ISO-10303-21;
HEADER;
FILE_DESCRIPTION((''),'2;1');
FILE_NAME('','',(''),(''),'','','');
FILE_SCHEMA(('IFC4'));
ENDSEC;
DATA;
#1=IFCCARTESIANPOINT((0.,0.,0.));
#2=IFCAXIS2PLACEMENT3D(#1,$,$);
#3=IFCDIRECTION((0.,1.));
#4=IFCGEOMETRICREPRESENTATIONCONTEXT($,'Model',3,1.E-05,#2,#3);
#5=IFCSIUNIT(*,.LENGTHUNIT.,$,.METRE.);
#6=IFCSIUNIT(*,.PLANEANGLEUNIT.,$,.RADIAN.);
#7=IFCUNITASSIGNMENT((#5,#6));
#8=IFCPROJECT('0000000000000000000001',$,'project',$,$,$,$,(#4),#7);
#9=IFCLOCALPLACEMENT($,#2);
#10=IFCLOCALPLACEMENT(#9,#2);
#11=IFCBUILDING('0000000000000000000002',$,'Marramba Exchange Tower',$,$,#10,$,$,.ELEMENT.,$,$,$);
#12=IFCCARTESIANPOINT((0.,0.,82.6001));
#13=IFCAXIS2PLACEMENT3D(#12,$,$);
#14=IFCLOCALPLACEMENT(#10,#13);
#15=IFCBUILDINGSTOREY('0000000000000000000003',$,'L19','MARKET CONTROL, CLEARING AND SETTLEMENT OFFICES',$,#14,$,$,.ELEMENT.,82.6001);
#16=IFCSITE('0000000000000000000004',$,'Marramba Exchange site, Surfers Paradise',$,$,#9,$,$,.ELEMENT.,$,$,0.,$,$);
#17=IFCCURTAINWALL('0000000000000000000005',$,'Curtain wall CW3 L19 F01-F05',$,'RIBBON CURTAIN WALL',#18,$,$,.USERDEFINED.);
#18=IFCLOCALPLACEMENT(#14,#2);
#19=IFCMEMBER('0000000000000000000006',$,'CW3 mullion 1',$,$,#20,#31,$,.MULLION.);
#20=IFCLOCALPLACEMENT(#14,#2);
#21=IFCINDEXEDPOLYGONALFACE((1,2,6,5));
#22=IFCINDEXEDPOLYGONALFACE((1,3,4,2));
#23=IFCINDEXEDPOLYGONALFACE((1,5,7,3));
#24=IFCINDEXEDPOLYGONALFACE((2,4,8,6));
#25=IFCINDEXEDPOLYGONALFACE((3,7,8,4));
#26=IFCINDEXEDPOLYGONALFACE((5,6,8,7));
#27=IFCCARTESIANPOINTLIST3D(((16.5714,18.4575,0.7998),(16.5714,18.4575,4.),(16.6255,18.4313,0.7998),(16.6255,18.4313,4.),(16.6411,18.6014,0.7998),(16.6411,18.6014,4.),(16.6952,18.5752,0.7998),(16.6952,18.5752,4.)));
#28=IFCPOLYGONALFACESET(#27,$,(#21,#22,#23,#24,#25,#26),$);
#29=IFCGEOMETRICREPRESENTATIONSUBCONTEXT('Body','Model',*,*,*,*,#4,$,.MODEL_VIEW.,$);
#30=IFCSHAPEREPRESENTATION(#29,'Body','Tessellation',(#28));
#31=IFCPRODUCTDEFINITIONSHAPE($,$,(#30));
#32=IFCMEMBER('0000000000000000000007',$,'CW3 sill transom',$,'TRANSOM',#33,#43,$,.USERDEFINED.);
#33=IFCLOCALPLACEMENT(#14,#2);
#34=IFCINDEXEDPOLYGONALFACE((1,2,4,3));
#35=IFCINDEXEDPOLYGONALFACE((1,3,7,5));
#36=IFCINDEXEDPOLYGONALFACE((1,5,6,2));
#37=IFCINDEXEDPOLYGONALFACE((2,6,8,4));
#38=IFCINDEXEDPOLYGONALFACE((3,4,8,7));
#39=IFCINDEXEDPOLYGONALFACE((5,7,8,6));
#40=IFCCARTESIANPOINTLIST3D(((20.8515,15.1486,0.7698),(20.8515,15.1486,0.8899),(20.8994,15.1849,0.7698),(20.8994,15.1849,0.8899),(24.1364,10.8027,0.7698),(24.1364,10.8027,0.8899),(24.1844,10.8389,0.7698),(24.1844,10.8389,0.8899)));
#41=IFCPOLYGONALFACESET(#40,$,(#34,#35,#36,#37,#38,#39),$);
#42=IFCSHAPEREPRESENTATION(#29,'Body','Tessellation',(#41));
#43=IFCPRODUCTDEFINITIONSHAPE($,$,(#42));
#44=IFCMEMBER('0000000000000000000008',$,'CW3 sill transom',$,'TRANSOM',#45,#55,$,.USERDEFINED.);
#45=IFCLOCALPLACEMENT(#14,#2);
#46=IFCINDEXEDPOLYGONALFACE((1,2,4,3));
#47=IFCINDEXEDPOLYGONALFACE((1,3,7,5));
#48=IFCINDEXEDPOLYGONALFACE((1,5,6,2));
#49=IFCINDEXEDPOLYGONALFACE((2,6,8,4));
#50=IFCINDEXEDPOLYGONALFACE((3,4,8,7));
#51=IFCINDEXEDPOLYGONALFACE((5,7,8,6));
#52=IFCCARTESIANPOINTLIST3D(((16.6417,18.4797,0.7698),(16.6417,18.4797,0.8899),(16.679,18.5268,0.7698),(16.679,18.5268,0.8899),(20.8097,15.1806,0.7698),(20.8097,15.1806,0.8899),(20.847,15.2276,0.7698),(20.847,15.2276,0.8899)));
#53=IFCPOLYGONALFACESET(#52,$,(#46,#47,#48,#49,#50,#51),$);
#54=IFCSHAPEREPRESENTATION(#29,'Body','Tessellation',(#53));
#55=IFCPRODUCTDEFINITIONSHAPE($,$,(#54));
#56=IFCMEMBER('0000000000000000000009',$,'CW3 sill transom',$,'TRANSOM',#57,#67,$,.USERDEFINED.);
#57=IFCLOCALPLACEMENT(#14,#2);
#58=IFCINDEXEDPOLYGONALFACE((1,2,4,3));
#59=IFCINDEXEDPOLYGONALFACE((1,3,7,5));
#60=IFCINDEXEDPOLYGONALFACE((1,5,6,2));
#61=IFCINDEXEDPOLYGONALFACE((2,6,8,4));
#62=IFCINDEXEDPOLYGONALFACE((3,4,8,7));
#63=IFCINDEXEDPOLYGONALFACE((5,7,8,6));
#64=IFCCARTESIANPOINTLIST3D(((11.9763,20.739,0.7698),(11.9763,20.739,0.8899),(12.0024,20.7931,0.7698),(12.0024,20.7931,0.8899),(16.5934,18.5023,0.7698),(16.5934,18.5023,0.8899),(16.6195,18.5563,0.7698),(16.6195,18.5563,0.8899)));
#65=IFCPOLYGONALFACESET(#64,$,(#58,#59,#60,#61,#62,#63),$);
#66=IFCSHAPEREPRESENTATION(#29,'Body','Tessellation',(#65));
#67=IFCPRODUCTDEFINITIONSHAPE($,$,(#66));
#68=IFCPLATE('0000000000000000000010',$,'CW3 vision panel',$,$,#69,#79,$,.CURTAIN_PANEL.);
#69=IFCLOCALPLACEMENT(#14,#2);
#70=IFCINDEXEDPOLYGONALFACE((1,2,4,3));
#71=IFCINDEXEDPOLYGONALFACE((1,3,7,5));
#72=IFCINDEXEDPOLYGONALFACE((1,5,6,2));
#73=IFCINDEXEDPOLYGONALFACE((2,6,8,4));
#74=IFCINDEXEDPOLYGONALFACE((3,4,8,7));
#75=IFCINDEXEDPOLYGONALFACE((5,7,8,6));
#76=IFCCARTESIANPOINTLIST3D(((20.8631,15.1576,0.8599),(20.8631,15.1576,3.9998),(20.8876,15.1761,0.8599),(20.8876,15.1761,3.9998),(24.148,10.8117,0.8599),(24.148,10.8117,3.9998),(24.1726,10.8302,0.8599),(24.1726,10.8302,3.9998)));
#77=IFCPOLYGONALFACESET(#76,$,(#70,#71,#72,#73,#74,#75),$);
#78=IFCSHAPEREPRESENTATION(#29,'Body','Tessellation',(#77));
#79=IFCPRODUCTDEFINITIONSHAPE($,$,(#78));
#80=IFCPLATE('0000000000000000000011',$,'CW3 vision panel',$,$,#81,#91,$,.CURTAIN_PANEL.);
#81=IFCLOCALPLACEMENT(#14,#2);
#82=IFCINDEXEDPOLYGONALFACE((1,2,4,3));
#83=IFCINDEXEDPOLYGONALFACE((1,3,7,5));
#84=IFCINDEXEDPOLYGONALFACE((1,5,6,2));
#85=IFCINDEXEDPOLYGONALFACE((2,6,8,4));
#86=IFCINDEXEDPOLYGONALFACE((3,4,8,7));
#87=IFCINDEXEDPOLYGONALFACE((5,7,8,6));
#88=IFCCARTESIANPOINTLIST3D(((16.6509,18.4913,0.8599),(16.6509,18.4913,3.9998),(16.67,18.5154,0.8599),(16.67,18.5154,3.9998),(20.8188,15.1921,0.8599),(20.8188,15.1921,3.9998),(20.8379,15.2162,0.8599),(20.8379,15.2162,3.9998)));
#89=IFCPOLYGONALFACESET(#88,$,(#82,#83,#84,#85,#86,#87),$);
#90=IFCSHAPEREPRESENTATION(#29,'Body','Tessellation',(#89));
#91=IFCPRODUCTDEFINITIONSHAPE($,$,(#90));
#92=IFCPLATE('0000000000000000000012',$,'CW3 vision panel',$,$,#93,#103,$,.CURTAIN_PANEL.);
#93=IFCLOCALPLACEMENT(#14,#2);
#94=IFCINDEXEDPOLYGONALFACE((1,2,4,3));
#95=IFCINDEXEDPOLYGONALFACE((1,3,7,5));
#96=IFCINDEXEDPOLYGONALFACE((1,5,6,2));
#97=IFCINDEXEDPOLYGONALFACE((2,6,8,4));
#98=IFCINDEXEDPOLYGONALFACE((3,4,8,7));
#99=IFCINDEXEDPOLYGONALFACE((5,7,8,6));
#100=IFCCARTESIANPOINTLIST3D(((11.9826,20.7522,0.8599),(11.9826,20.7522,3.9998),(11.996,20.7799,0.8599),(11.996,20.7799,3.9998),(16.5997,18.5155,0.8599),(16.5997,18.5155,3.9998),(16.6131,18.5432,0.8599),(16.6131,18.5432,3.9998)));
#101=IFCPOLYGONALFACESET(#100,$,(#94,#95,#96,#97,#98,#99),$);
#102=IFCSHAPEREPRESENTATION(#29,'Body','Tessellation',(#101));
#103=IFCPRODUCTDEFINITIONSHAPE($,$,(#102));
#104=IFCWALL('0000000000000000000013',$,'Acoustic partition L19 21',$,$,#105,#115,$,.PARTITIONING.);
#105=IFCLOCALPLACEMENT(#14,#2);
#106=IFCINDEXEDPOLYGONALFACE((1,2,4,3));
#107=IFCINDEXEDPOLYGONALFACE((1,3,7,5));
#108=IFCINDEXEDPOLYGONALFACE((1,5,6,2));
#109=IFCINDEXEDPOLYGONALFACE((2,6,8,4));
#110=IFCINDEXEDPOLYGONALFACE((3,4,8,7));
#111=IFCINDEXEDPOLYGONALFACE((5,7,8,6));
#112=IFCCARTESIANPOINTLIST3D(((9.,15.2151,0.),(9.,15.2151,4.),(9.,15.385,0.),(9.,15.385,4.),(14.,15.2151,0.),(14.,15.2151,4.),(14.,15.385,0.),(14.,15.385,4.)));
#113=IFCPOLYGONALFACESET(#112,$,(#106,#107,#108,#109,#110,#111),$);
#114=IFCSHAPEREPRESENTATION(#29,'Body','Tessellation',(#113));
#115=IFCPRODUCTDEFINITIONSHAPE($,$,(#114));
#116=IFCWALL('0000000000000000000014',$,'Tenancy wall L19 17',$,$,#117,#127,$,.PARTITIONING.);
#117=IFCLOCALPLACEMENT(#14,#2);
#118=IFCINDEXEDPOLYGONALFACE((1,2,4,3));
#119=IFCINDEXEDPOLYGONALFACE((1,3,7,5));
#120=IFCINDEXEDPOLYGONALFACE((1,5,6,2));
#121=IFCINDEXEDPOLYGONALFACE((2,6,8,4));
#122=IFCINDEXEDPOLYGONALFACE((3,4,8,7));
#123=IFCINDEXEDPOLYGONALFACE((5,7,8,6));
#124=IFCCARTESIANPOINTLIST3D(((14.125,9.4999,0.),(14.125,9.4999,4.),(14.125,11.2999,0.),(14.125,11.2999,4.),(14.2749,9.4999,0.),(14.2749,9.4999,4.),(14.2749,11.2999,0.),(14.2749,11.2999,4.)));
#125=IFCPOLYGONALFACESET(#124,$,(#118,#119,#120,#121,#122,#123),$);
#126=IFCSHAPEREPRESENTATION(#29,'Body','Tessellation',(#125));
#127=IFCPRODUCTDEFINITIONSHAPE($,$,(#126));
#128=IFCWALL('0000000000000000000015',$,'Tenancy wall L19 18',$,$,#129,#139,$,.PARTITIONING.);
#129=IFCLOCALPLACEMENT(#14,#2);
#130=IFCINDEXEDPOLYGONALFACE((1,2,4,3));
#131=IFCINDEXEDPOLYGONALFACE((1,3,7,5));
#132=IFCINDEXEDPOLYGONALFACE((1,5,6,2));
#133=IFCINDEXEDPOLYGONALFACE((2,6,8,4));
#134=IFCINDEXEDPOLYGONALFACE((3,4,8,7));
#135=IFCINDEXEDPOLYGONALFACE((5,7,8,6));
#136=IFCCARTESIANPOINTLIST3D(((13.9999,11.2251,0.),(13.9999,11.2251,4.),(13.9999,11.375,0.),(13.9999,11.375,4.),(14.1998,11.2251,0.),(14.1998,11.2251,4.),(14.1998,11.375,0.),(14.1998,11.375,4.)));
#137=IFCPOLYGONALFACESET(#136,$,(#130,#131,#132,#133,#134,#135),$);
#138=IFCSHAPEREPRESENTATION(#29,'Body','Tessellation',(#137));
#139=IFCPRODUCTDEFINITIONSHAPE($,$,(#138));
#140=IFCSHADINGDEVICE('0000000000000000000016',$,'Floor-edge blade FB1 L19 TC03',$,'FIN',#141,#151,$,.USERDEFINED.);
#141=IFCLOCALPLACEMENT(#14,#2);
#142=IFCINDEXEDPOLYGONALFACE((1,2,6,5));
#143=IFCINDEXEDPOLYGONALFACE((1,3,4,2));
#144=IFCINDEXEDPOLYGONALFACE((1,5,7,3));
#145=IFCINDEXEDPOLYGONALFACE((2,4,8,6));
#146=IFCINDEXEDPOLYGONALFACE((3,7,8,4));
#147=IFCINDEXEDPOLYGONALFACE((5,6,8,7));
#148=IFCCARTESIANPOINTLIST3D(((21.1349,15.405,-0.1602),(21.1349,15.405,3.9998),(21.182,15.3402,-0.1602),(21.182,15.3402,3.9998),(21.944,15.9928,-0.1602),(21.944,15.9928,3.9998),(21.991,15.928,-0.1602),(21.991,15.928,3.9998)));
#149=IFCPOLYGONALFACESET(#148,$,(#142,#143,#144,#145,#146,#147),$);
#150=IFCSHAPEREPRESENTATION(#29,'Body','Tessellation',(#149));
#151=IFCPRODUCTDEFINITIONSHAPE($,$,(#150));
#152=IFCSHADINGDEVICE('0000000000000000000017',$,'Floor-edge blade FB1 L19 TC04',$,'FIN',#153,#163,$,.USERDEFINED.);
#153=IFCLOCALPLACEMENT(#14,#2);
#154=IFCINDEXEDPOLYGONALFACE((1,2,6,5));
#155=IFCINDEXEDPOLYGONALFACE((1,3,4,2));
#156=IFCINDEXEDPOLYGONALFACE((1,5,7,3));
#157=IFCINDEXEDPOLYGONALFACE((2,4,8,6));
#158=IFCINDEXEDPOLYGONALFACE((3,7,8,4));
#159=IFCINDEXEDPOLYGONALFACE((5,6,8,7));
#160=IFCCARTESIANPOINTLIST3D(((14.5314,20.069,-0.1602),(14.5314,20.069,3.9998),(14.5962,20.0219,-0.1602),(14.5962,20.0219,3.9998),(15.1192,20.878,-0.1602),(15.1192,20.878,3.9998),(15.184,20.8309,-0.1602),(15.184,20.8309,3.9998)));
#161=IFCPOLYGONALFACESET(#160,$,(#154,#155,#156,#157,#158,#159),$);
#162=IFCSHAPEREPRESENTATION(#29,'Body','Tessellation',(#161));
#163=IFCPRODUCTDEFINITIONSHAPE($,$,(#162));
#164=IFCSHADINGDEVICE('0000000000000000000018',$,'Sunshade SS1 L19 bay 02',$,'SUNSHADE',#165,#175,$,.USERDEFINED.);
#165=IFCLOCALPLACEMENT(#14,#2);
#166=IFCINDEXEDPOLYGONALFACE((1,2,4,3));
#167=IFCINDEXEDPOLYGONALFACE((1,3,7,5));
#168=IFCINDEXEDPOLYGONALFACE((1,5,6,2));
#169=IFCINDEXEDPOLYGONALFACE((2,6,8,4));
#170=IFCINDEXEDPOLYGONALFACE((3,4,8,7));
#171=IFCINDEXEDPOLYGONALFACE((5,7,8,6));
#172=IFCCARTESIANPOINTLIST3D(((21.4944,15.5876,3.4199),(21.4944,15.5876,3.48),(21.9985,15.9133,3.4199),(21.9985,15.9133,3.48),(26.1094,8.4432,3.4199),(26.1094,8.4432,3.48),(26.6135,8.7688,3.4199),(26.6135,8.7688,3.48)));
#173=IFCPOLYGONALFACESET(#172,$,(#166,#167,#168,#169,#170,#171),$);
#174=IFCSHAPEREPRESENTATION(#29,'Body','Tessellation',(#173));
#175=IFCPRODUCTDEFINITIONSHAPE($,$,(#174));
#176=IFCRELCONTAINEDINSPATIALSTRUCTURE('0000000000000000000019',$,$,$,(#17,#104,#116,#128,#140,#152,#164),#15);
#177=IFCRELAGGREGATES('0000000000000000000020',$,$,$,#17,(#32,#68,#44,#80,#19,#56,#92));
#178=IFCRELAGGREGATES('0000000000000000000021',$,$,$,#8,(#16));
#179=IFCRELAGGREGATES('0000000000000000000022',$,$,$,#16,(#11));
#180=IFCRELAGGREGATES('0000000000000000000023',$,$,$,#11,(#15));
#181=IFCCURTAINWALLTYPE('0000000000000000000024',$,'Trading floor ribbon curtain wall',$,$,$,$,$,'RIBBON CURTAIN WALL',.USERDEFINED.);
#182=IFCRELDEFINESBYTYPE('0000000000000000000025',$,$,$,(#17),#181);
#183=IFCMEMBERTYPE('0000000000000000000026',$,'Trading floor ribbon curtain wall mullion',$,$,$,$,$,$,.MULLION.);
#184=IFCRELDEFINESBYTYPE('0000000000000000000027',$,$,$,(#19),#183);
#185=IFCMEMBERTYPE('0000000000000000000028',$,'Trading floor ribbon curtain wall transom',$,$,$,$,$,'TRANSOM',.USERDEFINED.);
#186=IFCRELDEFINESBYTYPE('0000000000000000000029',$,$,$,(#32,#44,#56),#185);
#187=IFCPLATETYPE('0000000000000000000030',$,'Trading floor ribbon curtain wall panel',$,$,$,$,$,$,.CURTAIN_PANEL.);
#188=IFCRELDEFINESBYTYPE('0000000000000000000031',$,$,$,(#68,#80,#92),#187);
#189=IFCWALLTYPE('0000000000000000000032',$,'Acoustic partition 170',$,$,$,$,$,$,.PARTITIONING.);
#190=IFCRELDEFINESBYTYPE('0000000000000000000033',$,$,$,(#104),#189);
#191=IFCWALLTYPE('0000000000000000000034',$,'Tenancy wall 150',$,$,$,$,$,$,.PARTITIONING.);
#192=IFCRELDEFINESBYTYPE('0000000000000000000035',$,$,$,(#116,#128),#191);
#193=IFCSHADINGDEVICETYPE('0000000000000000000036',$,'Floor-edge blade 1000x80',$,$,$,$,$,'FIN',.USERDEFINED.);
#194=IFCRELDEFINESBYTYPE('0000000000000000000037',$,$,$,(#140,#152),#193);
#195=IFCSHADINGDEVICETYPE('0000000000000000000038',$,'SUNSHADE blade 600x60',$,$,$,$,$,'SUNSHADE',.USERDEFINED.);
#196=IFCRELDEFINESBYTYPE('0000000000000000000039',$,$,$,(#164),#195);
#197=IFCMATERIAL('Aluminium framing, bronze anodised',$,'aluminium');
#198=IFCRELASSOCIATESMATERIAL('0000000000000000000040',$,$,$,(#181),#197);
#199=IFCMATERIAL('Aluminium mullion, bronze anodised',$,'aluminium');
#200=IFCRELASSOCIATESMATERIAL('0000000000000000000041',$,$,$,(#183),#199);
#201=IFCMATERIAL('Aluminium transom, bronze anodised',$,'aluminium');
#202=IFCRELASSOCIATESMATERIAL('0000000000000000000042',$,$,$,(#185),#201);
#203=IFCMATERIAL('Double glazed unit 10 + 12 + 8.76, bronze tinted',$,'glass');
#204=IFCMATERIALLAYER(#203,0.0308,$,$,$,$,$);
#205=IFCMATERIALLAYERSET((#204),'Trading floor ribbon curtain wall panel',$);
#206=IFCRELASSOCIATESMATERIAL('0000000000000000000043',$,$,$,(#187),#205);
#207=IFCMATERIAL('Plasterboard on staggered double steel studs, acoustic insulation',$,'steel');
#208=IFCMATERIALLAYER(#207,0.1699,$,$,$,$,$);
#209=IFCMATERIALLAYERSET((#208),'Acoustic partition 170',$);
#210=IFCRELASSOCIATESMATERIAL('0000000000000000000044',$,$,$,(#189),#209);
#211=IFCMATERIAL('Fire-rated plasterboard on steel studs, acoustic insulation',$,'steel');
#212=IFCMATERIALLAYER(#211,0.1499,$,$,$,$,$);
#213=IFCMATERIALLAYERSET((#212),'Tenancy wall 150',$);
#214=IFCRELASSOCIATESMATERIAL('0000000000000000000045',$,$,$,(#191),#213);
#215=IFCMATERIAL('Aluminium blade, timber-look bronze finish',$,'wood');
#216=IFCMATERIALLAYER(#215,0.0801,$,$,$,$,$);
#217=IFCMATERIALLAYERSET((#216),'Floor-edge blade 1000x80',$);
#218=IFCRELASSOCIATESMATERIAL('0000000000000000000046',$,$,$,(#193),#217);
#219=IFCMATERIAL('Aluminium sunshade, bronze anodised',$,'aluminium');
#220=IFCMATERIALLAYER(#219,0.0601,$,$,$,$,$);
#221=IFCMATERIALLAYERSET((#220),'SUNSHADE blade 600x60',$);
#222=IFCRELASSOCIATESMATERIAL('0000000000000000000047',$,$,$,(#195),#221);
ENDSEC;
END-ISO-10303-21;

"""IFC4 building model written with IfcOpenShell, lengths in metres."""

from ifc_helpers import new_model, si_unit, direction, frame, frame_2d, origin, origin_2d, place, context, subcontext, project, spatial, rectangle, extrude, material, layer, layer_set, material_profile, profile_set, type_object, element, aggregate, save


model = new_model("IFC4")

# Units and contexts
model_context = context("Model", 3, precision=1e-05, world=origin(), true_north=direction((0.0, 1.0)))
body_context = subcontext(model_context, "Body", "Model", "MODEL_VIEW")
ifc_project = project(units=[si_unit("LENGTHUNIT", "METRE"), si_unit("PLANEANGLEUNIT", "RADIAN")], contexts=[model_context])

# Site, building, storey
site_placement = place(None, origin())
site = spatial("IfcSite", under=ifc_project, at=site_placement, Name="Marramba Exchange site, Surfers Paradise", CompositionType="ELEMENT", RefElevation=0.0)
building_placement = place(site_placement, origin())
building = spatial("IfcBuilding", under=site, at=building_placement, Name="Marramba Exchange Tower", CompositionType="ELEMENT")
storey_placement = place(building_placement, frame((0.0, 0.0, 82.6001)))
storey = spatial("IfcBuildingStorey", under=building, at=storey_placement, Name="L19", Description="MARKET CONTROL, CLEARING AND SETTLEMENT OFFICES", CompositionType="ELEMENT", Elevation=82.6001)

# Curtain wall, members, plates
ifc_material_1 = material(Name="Aluminium framing, bronze anodised", Category="aluminium")
curtain_wall_type = type_object("IfcCurtainWallType", Name="Trading floor ribbon curtain wall", ElementType="RIBBON CURTAIN WALL", PredefinedType="USERDEFINED", material=ifc_material_1)
curtain_wall_placement = place(storey_placement, origin())
curtain_wall = element("IfcCurtainWall", 1, at=curtain_wall_placement, inside=storey, type_object=curtain_wall_type, Name="Curtain wall CW3 L19 F01-F05", ObjectType="RIBBON CURTAIN WALL", PredefinedType="USERDEFINED")
ifc_material_2 = material(Name="Aluminium mullion, bronze anodised", Category="aluminium")
ifc_material_profile_1 = material_profile(ifc_material_2, rectangle(XDim=0.1599, YDim=0.0601, at=origin_2d()), Name="CW3 mullion 60x160")
ifc_profile_set_1 = profile_set([ifc_material_profile_1], Name="Aluminium mullion, bronze anodised")
member_type_1 = type_object("IfcMemberType", Name="Trading floor ribbon curtain wall mullion", PredefinedType="MULLION", material=ifc_profile_set_1)
member_1_placement = place(storey_placement, frame((16.6333, 18.5164, 0.7998), z_axis=(0.0, 0.0, 1.0), x_axis=(-0.435965, -0.899963, 0.0)))
member_1 = element("IfcMember", 2, at=member_1_placement, type_object=member_type_1, Name="CW3 mullion 1", PredefinedType="MULLION", context=body_context, shape_type="SweptSolid", body=[
    extrude(rectangle(XDim=0.1599, YDim=0.0601, at=origin_2d()), origin(), (0.0, 0.0, 1.0), 3.2002),
])
ifc_material_3 = material(Name="Aluminium transom, bronze anodised", Category="aluminium")
ifc_material_profile_2 = material_profile(ifc_material_3, rectangle(XDim=0.0601, YDim=0.1201, at=origin_2d()), Name="CW3 transom 60x120")
ifc_profile_set_2 = profile_set([ifc_material_profile_2], Name="Aluminium transom, bronze anodised")
member_type_2 = type_object("IfcMemberType", Name="Trading floor ribbon curtain wall transom", ElementType="TRANSOM", PredefinedType="USERDEFINED", material=ifc_profile_set_2)
member_2_placement = place(storey_placement, frame((24.1604, 10.8208, 0.8298), z_axis=(-0.602986, 0.797752, 0.0), x_axis=(-0.797752, -0.602986, 0.0)))
member_2 = element("IfcMember", 3, at=member_2_placement, type_object=member_type_2, Name="CW3 sill transom", ObjectType="TRANSOM", PredefinedType="USERDEFINED", context=body_context, shape_type="SweptSolid", body=[
    extrude(rectangle(XDim=0.0601, YDim=0.1201, at=origin_2d()), origin(), (0.0, 0.0, 1.0), 5.4478),
])
member_3_placement = place(storey_placement, frame((20.8284, 15.2041, 0.8298), z_axis=(-0.784098, 0.620637, 0.0), x_axis=(-0.620637, -0.784098, 0.0)))
member_3 = element("IfcMember", 4, at=member_3_placement, type_object=member_type_2, Name="CW3 sill transom", ObjectType="TRANSOM", PredefinedType="USERDEFINED", context=body_context, shape_type="SweptSolid", body=[
    extrude(rectangle(XDim=0.0601, YDim=0.1201, at=origin_2d()), origin(), (0.0, 0.0, 1.0), 5.3157),
])
member_4_placement = place(storey_placement, frame((16.6064, 18.5293, 0.8298), z_axis=(-0.899953, 0.435986, 0.0), x_axis=(-0.435986, -0.899953, 0.0)))
member_4 = element("IfcMember", 5, at=member_4_placement, type_object=member_type_2, Name="CW3 sill transom", ObjectType="TRANSOM", PredefinedType="USERDEFINED", context=body_context, shape_type="SweptSolid", body=[
    extrude(rectangle(XDim=0.0601, YDim=0.1201, at=origin_2d()), origin(), (0.0, 0.0, 1.0), 5.1304),
])
ifc_material_4 = material(Name="Double glazed unit 10 + 12 + 8.76, bronze tinted", Category="glass")
ifc_layer_1 = layer(ifc_material_4, 0.0308)
ifc_layer_set_1 = layer_set([ifc_layer_1], Name="Trading floor ribbon curtain wall panel")
plate_type = type_object("IfcPlateType", Name="Trading floor ribbon curtain wall panel", PredefinedType="CURTAIN_PANEL", material=ifc_layer_set_1)
plate_1_placement = place(storey_placement, frame((22.5178, 12.9939, 0.8599), z_axis=(0.0, 0.0, 1.0), x_axis=(-0.60299, 0.797749, 0.0)))
plate_1 = element("IfcPlate", 6, at=plate_1_placement, type_object=plate_type, Name="CW3 vision panel", PredefinedType="CURTAIN_PANEL", context=body_context, shape_type="SweptSolid", body=[
    extrude(rectangle(XDim=5.4478, YDim=0.0308, at=origin_2d()), origin(), (0.0, 0.0, 1.0), 3.1399),
])
plate_2_placement = place(storey_placement, frame((18.7444, 16.8538, 0.8599), z_axis=(0.0, 0.0, 1.0), x_axis=(-0.784088, 0.62065, 0.0)))
plate_2 = element("IfcPlate", 7, at=plate_2_placement, type_object=plate_type, Name="CW3 vision panel", PredefinedType="CURTAIN_PANEL", context=body_context, shape_type="SweptSolid", body=[
    extrude(rectangle(XDim=5.3157, YDim=0.0308, at=origin_2d()), origin(), (0.0, 0.0, 1.0), 3.1399),
])
plate_3_placement = place(storey_placement, frame((14.2979, 19.6477, 0.8599), z_axis=(0.0, 0.0, 1.0), x_axis=(-0.899963, 0.435965, 0.0)))
plate_3 = element("IfcPlate", 8, at=plate_3_placement, type_object=plate_type, Name="CW3 vision panel", PredefinedType="CURTAIN_PANEL", context=body_context, shape_type="SweptSolid", body=[
    extrude(rectangle(XDim=5.1304, YDim=0.0308, at=origin_2d()), origin(), (0.0, 0.0, 1.0), 3.1399),
])
aggregate(curtain_wall, [member_2, plate_1, member_3, plate_2, member_1, member_4, plate_3])

# Shared definitions
ifc_material_5 = material(Name="Plasterboard on staggered double steel studs, acoustic insulation", Category="steel")
ifc_layer_2 = layer(ifc_material_5, 0.1699)
ifc_layer_set_2 = layer_set([ifc_layer_2], Name="Acoustic partition 170")
wall_type_1 = type_object("IfcWallType", Name="Acoustic partition 170", PredefinedType="PARTITIONING", material=ifc_layer_set_2)

# Walls
wall_1_placement = place(storey_placement, frame((14.0, 15.3, 0.0), z_axis=(0.0, 0.0, 1.0), x_axis=(-1.0, 0.0, 0.0)))
element("IfcWall", 9, at=wall_1_placement, inside=storey, type_object=wall_type_1, Name="Acoustic partition L19 21", PredefinedType="PARTITIONING", context=body_context, shape_type="SweptSolid", body=[
    extrude(rectangle(XDim=5.0, YDim=0.1699, at=frame_2d((2.5, 0.0))), origin(), (0.0, 0.0, 1.0), 4.0),
])
ifc_material_6 = material(Name="Fire-rated plasterboard on steel studs, acoustic insulation", Category="steel")
ifc_layer_3 = layer(ifc_material_6, 0.1499)
ifc_layer_set_3 = layer_set([ifc_layer_3], Name="Tenancy wall 150")
wall_type_2 = type_object("IfcWallType", Name="Tenancy wall 150", PredefinedType="PARTITIONING", material=ifc_layer_set_3)
wall_2_placement = place(storey_placement, frame((14.2, 9.5, 0.0), z_axis=(0.0, 0.0, 1.0), x_axis=(0.0, 1.0, 0.0)))
element("IfcWall", 10, at=wall_2_placement, inside=storey, type_object=wall_type_2, Name="Tenancy wall L19 17", PredefinedType="PARTITIONING", context=body_context, shape_type="SweptSolid", body=[
    extrude(rectangle(XDim=1.8, YDim=0.1499, at=frame_2d((0.8999, 0.0))), origin(), (0.0, 0.0, 1.0), 4.0),
])
wall_3_placement = place(storey_placement, frame((14.2, 11.3, 0.0), z_axis=(0.0, 0.0, 1.0), x_axis=(-1.0, 0.0, 0.0)))
element("IfcWall", 11, at=wall_3_placement, inside=storey, type_object=wall_type_2, Name="Tenancy wall L19 18", PredefinedType="PARTITIONING", context=body_context, shape_type="SweptSolid", body=[
    extrude(rectangle(XDim=0.2, YDim=0.1499, at=frame_2d((0.1001, 0.0))), origin(), (0.0, 0.0, 1.0), 4.0),
])

# Shading devices
ifc_material_7 = material(Name="Aluminium blade, timber-look bronze finish", Category="wood")
ifc_layer_4 = layer(ifc_material_7, 0.0801)
ifc_layer_set_4 = layer_set([ifc_layer_4], Name="Floor-edge blade 1000x80")
shading_device_type_1 = type_object("IfcShadingDeviceType", Name="Floor-edge blade 1000x80", ElementType="FIN", PredefinedType="USERDEFINED", material=ifc_layer_set_4)
for number, where, z_axis, x_axis, name in (
    (12, (21.563, 15.6665, -0.1602), (0.0, 0.0, 1.0), (0.809017, 0.587785, 0.0), "Floor-edge blade FB1 L19 TC03"),
    (13, (14.8577, 20.45, -0.1602), (0.0, 0.0, 1.0), (0.587785, 0.809017, 0.0), "Floor-edge blade FB1 L19 TC04"),
):
    element("IfcShadingDevice", number, at=place(storey_placement, frame(where, z_axis=z_axis, x_axis=x_axis)), inside=storey, type_object=shading_device_type_1, Name=name, ObjectType="FIN", PredefinedType="USERDEFINED", context=body_context, shape_type="SweptSolid", body=[
        extrude(rectangle(XDim=1.0, YDim=0.0801, at=origin_2d()), origin(), (0.0, 0.0, 1.0), 4.1599),
    ])
ifc_material_8 = material(Name="Aluminium sunshade, bronze anodised", Category="aluminium")
ifc_layer_5 = layer(ifc_material_8, 0.0601)
ifc_layer_set_5 = layer_set([ifc_layer_5], Name="SUNSHADE blade 600x60")
shading_device_type_2 = type_object("IfcShadingDeviceType", Name="SUNSHADE blade 600x60", ElementType="SUNSHADE", PredefinedType="USERDEFINED", material=ifc_layer_set_5)
shading_device_1_placement = place(storey_placement, frame((24.054, 12.1782, 3.4199), z_axis=(0.0, 0.0, 1.0), x_axis=(-0.542597, 0.839993, 0.0)))
element("IfcShadingDevice", 14, at=shading_device_1_placement, inside=storey, type_object=shading_device_type_2, Name="Sunshade SS1 L19 bay 02", ObjectType="SUNSHADE", PredefinedType="USERDEFINED", context=body_context, shape_type="SweptSolid", body=[
    extrude(rectangle(XDim=8.5054, YDim=0.6001, at=origin_2d()), origin(), (0.0, 0.0, 1.0), 0.0601),
])

save(model, "model.ifc")
